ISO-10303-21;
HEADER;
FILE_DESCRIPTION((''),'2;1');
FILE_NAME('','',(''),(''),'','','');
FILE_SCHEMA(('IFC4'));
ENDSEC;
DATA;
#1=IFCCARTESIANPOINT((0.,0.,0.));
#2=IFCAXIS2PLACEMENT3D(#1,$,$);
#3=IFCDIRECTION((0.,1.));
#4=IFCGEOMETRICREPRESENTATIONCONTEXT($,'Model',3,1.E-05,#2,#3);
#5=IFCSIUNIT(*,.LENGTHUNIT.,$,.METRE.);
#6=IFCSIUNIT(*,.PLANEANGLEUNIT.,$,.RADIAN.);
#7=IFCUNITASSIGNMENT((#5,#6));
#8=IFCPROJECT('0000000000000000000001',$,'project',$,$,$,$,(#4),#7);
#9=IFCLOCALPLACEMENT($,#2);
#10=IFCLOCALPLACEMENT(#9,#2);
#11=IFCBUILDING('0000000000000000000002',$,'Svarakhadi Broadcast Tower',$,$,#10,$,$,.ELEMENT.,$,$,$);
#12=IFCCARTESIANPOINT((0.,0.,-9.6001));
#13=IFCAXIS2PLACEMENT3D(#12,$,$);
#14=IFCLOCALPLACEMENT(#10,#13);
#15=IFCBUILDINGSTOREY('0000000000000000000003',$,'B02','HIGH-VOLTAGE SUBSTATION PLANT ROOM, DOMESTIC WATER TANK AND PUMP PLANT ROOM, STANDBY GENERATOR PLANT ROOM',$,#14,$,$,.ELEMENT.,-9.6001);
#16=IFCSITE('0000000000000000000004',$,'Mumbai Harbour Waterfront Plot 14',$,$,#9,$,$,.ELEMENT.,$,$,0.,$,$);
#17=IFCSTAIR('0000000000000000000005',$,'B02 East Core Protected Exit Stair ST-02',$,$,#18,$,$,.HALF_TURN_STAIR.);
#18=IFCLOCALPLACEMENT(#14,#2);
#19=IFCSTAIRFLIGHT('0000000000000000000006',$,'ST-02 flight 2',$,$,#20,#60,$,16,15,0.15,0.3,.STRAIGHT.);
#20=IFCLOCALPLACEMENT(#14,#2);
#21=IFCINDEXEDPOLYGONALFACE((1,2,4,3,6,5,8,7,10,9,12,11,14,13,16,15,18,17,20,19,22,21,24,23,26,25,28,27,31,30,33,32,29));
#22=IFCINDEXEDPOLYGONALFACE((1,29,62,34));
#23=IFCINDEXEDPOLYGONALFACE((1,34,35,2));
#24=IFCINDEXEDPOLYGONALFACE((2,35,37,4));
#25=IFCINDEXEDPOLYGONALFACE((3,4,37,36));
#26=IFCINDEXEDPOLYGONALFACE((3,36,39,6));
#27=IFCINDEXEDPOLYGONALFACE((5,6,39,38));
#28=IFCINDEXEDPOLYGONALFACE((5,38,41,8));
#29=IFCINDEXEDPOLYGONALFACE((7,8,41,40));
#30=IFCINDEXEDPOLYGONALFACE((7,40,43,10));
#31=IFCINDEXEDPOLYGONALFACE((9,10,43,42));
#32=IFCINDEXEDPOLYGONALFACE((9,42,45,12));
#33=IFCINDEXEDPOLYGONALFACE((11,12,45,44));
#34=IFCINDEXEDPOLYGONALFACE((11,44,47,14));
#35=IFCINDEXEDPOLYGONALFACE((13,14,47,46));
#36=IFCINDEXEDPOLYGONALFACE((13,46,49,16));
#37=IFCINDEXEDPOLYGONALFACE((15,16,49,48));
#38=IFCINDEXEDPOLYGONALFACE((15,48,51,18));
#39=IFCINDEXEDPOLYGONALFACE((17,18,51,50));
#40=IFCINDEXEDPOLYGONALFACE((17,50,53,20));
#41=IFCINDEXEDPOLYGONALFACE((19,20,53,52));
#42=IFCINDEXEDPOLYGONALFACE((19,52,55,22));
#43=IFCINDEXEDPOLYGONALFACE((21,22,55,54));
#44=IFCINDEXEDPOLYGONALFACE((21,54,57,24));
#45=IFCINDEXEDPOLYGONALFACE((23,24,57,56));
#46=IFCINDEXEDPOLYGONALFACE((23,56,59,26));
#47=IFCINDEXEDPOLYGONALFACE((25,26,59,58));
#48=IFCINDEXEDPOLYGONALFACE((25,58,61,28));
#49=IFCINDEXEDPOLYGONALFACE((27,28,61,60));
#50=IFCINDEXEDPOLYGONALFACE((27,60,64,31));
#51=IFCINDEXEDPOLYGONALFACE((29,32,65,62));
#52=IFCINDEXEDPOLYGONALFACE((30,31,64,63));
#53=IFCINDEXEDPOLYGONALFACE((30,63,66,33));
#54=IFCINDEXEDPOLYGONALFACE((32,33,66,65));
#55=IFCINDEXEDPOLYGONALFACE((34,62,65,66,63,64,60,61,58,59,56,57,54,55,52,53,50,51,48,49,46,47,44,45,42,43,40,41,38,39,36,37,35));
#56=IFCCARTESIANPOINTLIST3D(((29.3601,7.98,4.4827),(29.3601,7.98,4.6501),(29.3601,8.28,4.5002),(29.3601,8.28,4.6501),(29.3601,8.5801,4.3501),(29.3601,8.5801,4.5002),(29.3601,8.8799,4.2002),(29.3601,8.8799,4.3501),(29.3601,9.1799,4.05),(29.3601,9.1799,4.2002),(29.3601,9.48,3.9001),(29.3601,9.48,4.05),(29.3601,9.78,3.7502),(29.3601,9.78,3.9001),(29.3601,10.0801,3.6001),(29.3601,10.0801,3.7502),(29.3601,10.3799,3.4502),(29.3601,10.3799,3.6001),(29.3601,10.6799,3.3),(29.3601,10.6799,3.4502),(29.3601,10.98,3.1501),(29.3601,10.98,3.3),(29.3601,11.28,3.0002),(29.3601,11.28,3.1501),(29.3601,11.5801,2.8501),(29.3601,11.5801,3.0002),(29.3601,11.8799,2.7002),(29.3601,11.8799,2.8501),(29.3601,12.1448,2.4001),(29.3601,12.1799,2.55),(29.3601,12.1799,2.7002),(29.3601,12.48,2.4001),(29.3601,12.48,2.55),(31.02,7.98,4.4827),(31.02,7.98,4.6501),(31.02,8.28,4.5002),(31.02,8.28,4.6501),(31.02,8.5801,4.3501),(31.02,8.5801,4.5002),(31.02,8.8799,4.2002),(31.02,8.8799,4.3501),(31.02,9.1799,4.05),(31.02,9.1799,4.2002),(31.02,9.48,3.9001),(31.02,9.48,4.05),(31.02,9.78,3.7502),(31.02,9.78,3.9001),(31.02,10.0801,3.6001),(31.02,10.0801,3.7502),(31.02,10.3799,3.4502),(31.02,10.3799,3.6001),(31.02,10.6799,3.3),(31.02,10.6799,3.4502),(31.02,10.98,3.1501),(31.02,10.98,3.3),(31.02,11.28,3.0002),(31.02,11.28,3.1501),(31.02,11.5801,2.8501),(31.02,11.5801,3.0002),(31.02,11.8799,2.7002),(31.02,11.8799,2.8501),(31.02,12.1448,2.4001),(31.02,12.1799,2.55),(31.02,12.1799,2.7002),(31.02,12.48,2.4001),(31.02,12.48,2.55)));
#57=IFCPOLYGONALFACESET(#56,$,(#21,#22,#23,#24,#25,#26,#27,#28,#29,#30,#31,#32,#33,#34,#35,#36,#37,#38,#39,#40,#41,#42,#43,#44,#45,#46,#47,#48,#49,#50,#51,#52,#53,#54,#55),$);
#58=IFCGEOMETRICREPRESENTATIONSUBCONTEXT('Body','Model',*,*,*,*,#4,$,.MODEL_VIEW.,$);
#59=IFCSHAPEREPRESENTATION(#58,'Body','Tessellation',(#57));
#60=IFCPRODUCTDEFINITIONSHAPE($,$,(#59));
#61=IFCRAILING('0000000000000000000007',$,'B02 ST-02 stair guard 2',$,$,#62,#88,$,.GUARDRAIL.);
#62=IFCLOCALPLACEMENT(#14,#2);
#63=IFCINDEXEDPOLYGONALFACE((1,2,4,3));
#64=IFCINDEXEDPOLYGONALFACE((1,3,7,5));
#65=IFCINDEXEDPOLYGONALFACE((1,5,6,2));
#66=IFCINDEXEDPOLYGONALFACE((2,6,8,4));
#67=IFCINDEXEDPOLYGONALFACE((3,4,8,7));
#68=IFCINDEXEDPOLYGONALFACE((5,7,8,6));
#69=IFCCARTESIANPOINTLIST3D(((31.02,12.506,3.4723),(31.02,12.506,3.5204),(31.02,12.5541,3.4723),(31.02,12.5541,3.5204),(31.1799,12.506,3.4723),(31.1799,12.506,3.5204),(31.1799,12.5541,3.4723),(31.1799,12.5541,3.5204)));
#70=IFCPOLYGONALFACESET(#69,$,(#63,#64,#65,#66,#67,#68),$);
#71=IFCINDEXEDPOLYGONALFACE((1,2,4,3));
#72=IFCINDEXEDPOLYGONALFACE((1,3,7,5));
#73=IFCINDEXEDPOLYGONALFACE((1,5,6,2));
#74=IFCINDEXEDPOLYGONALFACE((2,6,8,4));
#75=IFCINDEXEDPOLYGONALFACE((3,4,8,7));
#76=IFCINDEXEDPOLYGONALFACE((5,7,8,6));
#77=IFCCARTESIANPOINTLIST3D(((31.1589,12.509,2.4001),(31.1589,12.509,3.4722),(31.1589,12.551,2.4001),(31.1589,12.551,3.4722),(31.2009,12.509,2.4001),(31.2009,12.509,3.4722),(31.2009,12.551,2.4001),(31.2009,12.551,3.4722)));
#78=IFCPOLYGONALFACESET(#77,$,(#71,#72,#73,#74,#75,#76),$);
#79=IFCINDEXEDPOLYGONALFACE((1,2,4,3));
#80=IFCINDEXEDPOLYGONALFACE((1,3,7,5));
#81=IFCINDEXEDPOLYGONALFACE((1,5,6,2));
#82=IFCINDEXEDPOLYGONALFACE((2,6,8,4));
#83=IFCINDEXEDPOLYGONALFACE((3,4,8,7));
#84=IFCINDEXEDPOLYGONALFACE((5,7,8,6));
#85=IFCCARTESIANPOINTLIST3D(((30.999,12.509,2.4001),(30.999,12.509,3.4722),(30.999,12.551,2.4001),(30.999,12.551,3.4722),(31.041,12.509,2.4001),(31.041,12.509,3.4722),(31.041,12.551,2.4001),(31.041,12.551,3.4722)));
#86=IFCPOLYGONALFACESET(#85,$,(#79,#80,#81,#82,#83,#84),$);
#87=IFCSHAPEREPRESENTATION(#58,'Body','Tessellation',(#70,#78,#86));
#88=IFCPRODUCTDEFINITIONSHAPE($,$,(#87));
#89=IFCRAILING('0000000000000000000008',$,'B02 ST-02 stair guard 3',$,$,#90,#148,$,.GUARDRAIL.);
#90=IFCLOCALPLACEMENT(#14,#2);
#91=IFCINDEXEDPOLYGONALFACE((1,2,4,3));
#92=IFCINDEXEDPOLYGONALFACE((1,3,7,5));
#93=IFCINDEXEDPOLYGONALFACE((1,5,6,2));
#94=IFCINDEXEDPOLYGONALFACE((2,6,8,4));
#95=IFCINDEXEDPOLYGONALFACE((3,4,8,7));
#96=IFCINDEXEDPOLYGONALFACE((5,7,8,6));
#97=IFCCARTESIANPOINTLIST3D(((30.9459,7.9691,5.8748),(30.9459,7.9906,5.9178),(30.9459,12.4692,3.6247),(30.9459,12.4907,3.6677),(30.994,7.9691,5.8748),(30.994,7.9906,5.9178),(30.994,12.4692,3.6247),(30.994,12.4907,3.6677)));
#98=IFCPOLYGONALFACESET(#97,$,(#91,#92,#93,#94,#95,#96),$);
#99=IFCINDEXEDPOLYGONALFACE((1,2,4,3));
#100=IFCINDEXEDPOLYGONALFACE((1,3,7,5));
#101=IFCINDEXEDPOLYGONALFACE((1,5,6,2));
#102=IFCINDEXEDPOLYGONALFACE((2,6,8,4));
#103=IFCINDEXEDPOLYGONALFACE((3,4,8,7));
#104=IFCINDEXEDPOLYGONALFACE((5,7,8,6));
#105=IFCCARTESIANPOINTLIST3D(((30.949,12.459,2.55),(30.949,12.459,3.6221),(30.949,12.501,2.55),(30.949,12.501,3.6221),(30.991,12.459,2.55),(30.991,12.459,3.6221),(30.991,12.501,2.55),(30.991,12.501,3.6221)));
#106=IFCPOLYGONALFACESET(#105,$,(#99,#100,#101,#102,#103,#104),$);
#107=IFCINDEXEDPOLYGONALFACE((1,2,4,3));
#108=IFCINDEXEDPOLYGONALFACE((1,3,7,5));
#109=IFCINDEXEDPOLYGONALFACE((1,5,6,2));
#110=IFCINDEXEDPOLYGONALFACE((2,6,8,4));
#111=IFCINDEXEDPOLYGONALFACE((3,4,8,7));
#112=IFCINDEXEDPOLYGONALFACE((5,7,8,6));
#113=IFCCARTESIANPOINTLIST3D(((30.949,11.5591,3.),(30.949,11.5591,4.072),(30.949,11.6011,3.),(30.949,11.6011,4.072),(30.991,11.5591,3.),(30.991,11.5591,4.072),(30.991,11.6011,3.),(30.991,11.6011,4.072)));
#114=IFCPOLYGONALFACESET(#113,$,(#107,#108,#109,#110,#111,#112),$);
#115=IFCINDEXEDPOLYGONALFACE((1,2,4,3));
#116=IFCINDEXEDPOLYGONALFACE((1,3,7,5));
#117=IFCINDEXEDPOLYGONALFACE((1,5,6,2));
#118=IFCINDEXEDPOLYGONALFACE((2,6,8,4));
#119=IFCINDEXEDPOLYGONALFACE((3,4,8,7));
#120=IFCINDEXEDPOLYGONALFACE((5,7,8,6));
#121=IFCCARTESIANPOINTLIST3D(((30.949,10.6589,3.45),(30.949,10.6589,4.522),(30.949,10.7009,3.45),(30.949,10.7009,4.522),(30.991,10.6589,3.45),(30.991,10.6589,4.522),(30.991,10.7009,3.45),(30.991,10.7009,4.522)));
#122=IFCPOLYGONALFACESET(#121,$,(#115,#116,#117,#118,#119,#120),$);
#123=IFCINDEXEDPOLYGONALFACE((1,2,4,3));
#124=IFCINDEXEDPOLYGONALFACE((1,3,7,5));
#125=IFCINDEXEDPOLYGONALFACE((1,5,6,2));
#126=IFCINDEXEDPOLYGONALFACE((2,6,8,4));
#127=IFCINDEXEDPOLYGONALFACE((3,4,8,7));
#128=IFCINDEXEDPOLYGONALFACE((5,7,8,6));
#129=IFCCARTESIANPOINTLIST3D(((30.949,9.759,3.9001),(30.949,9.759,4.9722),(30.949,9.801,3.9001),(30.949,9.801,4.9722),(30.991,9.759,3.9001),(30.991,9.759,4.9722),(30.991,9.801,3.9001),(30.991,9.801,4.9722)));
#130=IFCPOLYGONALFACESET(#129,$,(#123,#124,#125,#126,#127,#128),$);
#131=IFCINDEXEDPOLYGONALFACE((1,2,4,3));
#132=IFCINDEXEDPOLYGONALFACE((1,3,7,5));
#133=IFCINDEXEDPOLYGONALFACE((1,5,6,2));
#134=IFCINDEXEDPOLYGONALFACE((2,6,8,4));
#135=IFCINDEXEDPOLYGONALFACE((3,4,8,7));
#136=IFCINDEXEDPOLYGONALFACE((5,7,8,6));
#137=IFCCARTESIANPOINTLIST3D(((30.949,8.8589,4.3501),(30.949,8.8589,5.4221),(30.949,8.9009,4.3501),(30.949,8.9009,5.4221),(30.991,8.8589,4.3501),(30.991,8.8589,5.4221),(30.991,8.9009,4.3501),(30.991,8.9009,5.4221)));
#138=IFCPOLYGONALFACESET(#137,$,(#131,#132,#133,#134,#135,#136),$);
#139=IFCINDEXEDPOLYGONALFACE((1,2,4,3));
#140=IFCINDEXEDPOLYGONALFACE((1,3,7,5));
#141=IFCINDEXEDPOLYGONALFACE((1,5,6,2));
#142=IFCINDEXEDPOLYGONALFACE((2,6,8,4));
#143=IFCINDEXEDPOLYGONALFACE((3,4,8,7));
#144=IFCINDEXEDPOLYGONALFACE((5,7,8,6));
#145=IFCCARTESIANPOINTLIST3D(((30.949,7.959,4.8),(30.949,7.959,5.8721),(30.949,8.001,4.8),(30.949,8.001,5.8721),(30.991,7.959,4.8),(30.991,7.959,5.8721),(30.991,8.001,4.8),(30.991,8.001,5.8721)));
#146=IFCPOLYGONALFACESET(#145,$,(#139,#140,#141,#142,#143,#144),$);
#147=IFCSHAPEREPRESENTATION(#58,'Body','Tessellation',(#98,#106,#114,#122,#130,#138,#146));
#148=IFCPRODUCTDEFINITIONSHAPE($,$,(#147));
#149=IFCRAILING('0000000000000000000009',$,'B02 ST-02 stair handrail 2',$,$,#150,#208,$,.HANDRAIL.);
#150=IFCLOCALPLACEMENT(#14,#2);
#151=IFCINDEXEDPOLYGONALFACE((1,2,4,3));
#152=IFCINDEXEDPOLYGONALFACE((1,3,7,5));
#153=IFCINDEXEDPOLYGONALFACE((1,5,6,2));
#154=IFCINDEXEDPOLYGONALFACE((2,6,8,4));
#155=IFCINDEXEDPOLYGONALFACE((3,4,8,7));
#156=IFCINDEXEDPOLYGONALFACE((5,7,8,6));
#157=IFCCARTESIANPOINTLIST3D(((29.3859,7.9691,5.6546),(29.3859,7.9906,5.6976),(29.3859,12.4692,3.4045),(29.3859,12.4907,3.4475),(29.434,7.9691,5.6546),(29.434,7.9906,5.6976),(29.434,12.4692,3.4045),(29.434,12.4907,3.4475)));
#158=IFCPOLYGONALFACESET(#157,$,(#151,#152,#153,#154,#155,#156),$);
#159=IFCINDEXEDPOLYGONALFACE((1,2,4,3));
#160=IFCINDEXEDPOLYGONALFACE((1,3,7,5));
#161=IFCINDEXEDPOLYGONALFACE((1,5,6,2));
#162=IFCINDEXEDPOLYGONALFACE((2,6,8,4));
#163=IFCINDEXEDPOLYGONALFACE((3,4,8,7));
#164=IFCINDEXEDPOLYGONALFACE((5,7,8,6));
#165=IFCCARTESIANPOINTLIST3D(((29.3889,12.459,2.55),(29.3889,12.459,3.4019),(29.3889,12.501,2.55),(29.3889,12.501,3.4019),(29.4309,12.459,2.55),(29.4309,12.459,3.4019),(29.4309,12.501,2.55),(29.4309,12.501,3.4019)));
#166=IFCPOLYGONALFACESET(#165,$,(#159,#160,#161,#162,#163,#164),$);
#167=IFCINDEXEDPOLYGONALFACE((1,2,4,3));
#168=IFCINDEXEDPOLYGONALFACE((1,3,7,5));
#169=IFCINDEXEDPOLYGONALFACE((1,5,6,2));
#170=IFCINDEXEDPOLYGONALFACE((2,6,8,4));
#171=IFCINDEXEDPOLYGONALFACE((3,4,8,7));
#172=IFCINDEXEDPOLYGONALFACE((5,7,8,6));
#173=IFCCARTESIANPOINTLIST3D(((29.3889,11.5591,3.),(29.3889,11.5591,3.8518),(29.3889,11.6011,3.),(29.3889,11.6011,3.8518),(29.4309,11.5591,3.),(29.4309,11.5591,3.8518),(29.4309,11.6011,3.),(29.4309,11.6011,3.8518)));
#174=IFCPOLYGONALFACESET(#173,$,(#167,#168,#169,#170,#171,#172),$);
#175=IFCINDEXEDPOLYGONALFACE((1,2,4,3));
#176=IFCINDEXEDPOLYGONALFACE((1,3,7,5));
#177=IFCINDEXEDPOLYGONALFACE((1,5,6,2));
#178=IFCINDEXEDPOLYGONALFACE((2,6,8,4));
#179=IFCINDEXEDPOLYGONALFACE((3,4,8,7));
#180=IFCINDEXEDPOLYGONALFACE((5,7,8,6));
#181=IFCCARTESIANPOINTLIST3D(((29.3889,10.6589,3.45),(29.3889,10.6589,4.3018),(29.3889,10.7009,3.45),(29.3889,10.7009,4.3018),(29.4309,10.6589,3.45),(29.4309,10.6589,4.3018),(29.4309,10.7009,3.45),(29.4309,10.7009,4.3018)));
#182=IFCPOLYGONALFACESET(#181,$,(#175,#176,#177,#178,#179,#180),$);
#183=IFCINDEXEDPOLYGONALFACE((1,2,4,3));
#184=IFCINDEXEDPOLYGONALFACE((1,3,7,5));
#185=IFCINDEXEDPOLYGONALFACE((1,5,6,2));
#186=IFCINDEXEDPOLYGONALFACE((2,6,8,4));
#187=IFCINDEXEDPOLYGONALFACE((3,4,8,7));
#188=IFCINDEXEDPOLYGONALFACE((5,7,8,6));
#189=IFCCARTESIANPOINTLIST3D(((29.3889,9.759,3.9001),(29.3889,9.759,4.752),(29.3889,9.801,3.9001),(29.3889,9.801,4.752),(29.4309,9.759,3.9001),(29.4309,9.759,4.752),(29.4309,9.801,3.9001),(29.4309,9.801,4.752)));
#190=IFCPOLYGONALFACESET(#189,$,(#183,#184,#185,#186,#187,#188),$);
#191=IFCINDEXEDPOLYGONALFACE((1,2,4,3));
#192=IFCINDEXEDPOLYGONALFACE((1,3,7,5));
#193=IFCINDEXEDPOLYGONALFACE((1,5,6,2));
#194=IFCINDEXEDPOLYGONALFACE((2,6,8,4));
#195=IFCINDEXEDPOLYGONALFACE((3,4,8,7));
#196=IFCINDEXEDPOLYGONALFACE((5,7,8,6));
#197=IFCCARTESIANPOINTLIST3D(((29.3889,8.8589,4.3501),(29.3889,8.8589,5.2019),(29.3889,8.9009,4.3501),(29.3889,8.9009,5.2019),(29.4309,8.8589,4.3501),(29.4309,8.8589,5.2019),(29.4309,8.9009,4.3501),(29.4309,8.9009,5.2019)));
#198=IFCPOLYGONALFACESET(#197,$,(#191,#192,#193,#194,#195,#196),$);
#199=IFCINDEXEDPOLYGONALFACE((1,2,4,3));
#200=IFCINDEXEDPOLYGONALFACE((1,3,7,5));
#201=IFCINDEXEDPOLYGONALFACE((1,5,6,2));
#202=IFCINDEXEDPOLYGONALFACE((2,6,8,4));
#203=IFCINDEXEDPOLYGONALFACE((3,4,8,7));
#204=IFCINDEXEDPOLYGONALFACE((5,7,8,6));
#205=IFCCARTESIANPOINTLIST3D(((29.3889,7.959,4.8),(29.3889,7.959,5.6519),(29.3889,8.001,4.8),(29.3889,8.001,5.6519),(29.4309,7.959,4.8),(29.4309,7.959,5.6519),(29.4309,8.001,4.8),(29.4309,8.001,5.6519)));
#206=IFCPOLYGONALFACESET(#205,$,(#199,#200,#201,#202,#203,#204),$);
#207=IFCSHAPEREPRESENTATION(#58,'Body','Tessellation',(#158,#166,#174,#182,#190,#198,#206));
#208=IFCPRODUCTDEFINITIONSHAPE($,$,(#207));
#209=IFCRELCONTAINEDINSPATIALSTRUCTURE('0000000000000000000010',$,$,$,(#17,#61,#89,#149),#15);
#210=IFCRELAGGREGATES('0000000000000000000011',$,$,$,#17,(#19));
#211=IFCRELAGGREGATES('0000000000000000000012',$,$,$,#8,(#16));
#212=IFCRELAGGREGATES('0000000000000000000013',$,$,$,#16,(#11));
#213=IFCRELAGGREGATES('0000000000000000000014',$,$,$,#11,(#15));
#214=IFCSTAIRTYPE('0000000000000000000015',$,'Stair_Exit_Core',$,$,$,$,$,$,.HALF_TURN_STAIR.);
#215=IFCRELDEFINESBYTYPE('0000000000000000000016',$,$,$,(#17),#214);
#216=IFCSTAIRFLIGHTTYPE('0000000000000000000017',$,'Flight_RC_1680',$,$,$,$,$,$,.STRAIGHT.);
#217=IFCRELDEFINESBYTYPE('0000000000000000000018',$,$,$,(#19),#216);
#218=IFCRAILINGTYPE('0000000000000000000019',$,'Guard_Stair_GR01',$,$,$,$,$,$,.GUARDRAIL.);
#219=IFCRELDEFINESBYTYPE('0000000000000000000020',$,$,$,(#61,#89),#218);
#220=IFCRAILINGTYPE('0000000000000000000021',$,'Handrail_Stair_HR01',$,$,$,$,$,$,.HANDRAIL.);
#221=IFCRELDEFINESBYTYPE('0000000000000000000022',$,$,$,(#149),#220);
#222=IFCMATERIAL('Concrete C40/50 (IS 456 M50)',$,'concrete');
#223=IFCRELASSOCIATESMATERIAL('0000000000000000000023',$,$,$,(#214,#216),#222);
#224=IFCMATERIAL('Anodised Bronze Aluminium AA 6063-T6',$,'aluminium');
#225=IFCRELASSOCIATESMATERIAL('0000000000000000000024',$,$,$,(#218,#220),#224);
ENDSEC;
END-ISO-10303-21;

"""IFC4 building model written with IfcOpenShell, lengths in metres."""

from ifc_helpers import new_model, si_unit, direction, frame, origin, origin_2d, place, context, subcontext, project, spatial, polyline, rectangle, outline, extrude, material, type_object, element, aggregate, save


model = new_model("IFC4")

# Units and contexts
model_context = context("Model", 3, precision=1e-05, world=origin(), true_north=direction((0.0, 1.0)))
body_context = subcontext(model_context, "Body", "Model", "MODEL_VIEW")
ifc_project = project(units=[si_unit("LENGTHUNIT", "METRE"), si_unit("PLANEANGLEUNIT", "RADIAN")], contexts=[model_context])

# Site, building, storey
site_placement = place(None, origin())
site = spatial("IfcSite", under=ifc_project, at=site_placement, Name="Mumbai Harbour Waterfront Plot 14", CompositionType="ELEMENT", RefElevation=0.0)
building_placement = place(site_placement, origin())
building = spatial("IfcBuilding", under=site, at=building_placement, Name="Svarakhadi Broadcast Tower", CompositionType="ELEMENT")
storey_placement = place(building_placement, frame((0.0, 0.0, -9.6001)))
storey = spatial("IfcBuildingStorey", under=building, at=storey_placement, Name="B02", Description="HIGH-VOLTAGE SUBSTATION PLANT ROOM, DOMESTIC WATER TANK AND PUMP PLANT ROOM, STANDBY GENERATOR PLANT ROOM", CompositionType="ELEMENT", Elevation=-9.6001)

# Shared definitions
ifc_material_1 = material(Name="Concrete C40/50 (IS 456 M50)", Category="concrete")

# Stair, stair flight
stair_type = type_object("IfcStairType", Name="Stair_Exit_Core", PredefinedType="HALF_TURN_STAIR", material=ifc_material_1)
stair_placement = place(storey_placement, origin())
stair = element("IfcStair", 1, at=stair_placement, inside=storey, type_object=stair_type, Name="B02 East Core Protected Exit Stair ST-02", PredefinedType="HALF_TURN_STAIR")
stair_flight_type = type_object("IfcStairFlightType", Name="Flight_RC_1680", PredefinedType="STRAIGHT", material=ifc_material_1)
stair_flight_placement = place(storey_placement, frame((30.1899, 12.48, 2.4001), z_axis=(0.0, 0.0, 1.0), x_axis=(0.0, -1.0, 0.0)))
stair_flight = element("IfcStairFlight", 2, at=stair_flight_placement, type_object=stair_flight_type, Name="ST-02 flight 2", NumberOfRisers=16, NumberOfTreads=15, PredefinedType="STRAIGHT", RiserHeight=0.15, TreadLength=0.3, context=body_context, shape_type="SweptSolid", body=[
    extrude(outline(polyline([(0.0, 0.0), (0.0, 0.1499), (0.3, 0.1499), (0.3, 0.3), (0.6001, 0.3), (0.6001, 0.45), (0.8999, 0.45), (0.8999, 0.6001), (1.2, 0.6001), (1.2, 0.75), (1.5, 0.75), (1.5, 0.8999), (1.8, 0.8999), (1.8, 1.05), (2.1001, 1.05), (2.1001, 1.2), (2.3999, 1.2), (2.3999, 1.3501), (2.7, 1.3501), (2.7, 1.5), (3.0, 1.5), (3.0, 1.6499), (3.3, 1.6499), (3.3, 1.8), (3.6001, 1.8), (3.6001, 1.95), (3.8999, 1.95), (3.8999, 2.1001), (4.2, 2.1001), (4.2, 2.25), (4.5, 2.25), (4.5, 2.3999), (4.5, 2.0825), (0.3352, 0.0), (0.0, 0.0)])), frame((0.0, 0.8301, 0.0), z_axis=(0.0, -1.0, 0.0), x_axis=(1.0, 0.0, 0.0)), (0.0, 0.0, 1.0), 1.6599),
])
aggregate(stair, [stair_flight])

# Railings
ifc_material_2 = material(Name="Anodised Bronze Aluminium AA 6063-T6", Category="aluminium")
railing_type_1 = type_object("IfcRailingType", Name="Guard_Stair_GR01", PredefinedType="GUARDRAIL", material=ifc_material_2)
railing_1_placement = place(storey_placement, frame((31.1799, 12.53, 2.4001)))
element("IfcRailing", 3, at=railing_1_placement, inside=storey, type_object=railing_type_1, Name="B02 ST-02 stair guard 2", PredefinedType="GUARDRAIL", context=body_context, shape_type="SweptSolid", body=[
    extrude(rectangle(XDim=0.0481, YDim=0.0481, at=origin_2d()), frame((0.0, 0.0, 1.0962), z_axis=(-1.0, 0.0, 0.0), x_axis=(0.0, -1.0, 0.0)), (0.0, 0.0, 1.0), 0.1599),
    extrude(rectangle(XDim=0.042, YDim=0.042, at=origin_2d()), origin(), (0.0, 0.0, 1.0), 1.072),
    extrude(rectangle(XDim=0.042, YDim=0.042, at=origin_2d()), frame((-0.1599, 0.0, 0.0)), (0.0, 0.0, 1.0), 1.072),
])
railing_2_placement = place(storey_placement, frame((30.97, 12.48, 2.55)))
element("IfcRailing", 4, at=railing_2_placement, inside=storey, type_object=railing_type_1, Name="B02 ST-02 stair guard 3", PredefinedType="GUARDRAIL", context=body_context, shape_type="SweptSolid", body=[
    extrude(rectangle(XDim=0.0481, YDim=0.0481, at=origin_2d()), frame((0.0, 0.0, 1.0962), z_axis=(0.0, -0.894427, 0.447214), x_axis=(1.0, 0.0, 0.0)), (0.0, 0.0, 1.0), 5.0312),
    extrude(rectangle(XDim=0.042, YDim=0.042, at=origin_2d()), origin(), (0.0, 0.0, 1.0), 1.072),
    extrude(rectangle(XDim=0.042, YDim=0.042, at=origin_2d()), frame((0.0, -0.8999, 0.45)), (0.0, 0.0, 1.0), 1.072),
    extrude(rectangle(XDim=0.042, YDim=0.042, at=origin_2d()), frame((0.0, -1.8, 0.8999)), (0.0, 0.0, 1.0), 1.072),
    extrude(rectangle(XDim=0.042, YDim=0.042, at=origin_2d()), frame((0.0, -2.7, 1.3501)), (0.0, 0.0, 1.0), 1.072),
    extrude(rectangle(XDim=0.042, YDim=0.042, at=origin_2d()), frame((0.0, -3.6001, 1.8)), (0.0, 0.0, 1.0), 1.072),
    extrude(rectangle(XDim=0.042, YDim=0.042, at=origin_2d()), frame((0.0, -4.5, 2.25)), (0.0, 0.0, 1.0), 1.072),
])
railing_type_2 = type_object("IfcRailingType", Name="Handrail_Stair_HR01", PredefinedType="HANDRAIL", material=ifc_material_2)
railing_3_placement = place(storey_placement, frame((29.4099, 12.48, 2.55)))
element("IfcRailing", 5, at=railing_3_placement, inside=storey, type_object=railing_type_2, Name="B02 ST-02 stair handrail 2", PredefinedType="HANDRAIL", context=body_context, shape_type="SweptSolid", body=[
    extrude(rectangle(XDim=0.0481, YDim=0.0481, at=origin_2d()), frame((0.0, 0.0, 0.876), z_axis=(0.0, -0.894427, 0.447214), x_axis=(1.0, 0.0, 0.0)), (0.0, 0.0, 1.0), 5.0312),
    extrude(rectangle(XDim=0.042, YDim=0.042, at=origin_2d()), origin(), (0.0, 0.0, 1.0), 0.8518),
    extrude(rectangle(XDim=0.042, YDim=0.042, at=origin_2d()), frame((0.0, -0.8999, 0.45)), (0.0, 0.0, 1.0), 0.8518),
    extrude(rectangle(XDim=0.042, YDim=0.042, at=origin_2d()), frame((0.0, -1.8, 0.8999)), (0.0, 0.0, 1.0), 0.8518),
    extrude(rectangle(XDim=0.042, YDim=0.042, at=origin_2d()), frame((0.0, -2.7, 1.3501)), (0.0, 0.0, 1.0), 0.8518),
    extrude(rectangle(XDim=0.042, YDim=0.042, at=origin_2d()), frame((0.0, -3.6001, 1.8)), (0.0, 0.0, 1.0), 0.8518),
    extrude(rectangle(XDim=0.042, YDim=0.042, at=origin_2d()), frame((0.0, -4.5, 2.25)), (0.0, 0.0, 1.0), 0.8518),
])

save(model, "model.ifc")
